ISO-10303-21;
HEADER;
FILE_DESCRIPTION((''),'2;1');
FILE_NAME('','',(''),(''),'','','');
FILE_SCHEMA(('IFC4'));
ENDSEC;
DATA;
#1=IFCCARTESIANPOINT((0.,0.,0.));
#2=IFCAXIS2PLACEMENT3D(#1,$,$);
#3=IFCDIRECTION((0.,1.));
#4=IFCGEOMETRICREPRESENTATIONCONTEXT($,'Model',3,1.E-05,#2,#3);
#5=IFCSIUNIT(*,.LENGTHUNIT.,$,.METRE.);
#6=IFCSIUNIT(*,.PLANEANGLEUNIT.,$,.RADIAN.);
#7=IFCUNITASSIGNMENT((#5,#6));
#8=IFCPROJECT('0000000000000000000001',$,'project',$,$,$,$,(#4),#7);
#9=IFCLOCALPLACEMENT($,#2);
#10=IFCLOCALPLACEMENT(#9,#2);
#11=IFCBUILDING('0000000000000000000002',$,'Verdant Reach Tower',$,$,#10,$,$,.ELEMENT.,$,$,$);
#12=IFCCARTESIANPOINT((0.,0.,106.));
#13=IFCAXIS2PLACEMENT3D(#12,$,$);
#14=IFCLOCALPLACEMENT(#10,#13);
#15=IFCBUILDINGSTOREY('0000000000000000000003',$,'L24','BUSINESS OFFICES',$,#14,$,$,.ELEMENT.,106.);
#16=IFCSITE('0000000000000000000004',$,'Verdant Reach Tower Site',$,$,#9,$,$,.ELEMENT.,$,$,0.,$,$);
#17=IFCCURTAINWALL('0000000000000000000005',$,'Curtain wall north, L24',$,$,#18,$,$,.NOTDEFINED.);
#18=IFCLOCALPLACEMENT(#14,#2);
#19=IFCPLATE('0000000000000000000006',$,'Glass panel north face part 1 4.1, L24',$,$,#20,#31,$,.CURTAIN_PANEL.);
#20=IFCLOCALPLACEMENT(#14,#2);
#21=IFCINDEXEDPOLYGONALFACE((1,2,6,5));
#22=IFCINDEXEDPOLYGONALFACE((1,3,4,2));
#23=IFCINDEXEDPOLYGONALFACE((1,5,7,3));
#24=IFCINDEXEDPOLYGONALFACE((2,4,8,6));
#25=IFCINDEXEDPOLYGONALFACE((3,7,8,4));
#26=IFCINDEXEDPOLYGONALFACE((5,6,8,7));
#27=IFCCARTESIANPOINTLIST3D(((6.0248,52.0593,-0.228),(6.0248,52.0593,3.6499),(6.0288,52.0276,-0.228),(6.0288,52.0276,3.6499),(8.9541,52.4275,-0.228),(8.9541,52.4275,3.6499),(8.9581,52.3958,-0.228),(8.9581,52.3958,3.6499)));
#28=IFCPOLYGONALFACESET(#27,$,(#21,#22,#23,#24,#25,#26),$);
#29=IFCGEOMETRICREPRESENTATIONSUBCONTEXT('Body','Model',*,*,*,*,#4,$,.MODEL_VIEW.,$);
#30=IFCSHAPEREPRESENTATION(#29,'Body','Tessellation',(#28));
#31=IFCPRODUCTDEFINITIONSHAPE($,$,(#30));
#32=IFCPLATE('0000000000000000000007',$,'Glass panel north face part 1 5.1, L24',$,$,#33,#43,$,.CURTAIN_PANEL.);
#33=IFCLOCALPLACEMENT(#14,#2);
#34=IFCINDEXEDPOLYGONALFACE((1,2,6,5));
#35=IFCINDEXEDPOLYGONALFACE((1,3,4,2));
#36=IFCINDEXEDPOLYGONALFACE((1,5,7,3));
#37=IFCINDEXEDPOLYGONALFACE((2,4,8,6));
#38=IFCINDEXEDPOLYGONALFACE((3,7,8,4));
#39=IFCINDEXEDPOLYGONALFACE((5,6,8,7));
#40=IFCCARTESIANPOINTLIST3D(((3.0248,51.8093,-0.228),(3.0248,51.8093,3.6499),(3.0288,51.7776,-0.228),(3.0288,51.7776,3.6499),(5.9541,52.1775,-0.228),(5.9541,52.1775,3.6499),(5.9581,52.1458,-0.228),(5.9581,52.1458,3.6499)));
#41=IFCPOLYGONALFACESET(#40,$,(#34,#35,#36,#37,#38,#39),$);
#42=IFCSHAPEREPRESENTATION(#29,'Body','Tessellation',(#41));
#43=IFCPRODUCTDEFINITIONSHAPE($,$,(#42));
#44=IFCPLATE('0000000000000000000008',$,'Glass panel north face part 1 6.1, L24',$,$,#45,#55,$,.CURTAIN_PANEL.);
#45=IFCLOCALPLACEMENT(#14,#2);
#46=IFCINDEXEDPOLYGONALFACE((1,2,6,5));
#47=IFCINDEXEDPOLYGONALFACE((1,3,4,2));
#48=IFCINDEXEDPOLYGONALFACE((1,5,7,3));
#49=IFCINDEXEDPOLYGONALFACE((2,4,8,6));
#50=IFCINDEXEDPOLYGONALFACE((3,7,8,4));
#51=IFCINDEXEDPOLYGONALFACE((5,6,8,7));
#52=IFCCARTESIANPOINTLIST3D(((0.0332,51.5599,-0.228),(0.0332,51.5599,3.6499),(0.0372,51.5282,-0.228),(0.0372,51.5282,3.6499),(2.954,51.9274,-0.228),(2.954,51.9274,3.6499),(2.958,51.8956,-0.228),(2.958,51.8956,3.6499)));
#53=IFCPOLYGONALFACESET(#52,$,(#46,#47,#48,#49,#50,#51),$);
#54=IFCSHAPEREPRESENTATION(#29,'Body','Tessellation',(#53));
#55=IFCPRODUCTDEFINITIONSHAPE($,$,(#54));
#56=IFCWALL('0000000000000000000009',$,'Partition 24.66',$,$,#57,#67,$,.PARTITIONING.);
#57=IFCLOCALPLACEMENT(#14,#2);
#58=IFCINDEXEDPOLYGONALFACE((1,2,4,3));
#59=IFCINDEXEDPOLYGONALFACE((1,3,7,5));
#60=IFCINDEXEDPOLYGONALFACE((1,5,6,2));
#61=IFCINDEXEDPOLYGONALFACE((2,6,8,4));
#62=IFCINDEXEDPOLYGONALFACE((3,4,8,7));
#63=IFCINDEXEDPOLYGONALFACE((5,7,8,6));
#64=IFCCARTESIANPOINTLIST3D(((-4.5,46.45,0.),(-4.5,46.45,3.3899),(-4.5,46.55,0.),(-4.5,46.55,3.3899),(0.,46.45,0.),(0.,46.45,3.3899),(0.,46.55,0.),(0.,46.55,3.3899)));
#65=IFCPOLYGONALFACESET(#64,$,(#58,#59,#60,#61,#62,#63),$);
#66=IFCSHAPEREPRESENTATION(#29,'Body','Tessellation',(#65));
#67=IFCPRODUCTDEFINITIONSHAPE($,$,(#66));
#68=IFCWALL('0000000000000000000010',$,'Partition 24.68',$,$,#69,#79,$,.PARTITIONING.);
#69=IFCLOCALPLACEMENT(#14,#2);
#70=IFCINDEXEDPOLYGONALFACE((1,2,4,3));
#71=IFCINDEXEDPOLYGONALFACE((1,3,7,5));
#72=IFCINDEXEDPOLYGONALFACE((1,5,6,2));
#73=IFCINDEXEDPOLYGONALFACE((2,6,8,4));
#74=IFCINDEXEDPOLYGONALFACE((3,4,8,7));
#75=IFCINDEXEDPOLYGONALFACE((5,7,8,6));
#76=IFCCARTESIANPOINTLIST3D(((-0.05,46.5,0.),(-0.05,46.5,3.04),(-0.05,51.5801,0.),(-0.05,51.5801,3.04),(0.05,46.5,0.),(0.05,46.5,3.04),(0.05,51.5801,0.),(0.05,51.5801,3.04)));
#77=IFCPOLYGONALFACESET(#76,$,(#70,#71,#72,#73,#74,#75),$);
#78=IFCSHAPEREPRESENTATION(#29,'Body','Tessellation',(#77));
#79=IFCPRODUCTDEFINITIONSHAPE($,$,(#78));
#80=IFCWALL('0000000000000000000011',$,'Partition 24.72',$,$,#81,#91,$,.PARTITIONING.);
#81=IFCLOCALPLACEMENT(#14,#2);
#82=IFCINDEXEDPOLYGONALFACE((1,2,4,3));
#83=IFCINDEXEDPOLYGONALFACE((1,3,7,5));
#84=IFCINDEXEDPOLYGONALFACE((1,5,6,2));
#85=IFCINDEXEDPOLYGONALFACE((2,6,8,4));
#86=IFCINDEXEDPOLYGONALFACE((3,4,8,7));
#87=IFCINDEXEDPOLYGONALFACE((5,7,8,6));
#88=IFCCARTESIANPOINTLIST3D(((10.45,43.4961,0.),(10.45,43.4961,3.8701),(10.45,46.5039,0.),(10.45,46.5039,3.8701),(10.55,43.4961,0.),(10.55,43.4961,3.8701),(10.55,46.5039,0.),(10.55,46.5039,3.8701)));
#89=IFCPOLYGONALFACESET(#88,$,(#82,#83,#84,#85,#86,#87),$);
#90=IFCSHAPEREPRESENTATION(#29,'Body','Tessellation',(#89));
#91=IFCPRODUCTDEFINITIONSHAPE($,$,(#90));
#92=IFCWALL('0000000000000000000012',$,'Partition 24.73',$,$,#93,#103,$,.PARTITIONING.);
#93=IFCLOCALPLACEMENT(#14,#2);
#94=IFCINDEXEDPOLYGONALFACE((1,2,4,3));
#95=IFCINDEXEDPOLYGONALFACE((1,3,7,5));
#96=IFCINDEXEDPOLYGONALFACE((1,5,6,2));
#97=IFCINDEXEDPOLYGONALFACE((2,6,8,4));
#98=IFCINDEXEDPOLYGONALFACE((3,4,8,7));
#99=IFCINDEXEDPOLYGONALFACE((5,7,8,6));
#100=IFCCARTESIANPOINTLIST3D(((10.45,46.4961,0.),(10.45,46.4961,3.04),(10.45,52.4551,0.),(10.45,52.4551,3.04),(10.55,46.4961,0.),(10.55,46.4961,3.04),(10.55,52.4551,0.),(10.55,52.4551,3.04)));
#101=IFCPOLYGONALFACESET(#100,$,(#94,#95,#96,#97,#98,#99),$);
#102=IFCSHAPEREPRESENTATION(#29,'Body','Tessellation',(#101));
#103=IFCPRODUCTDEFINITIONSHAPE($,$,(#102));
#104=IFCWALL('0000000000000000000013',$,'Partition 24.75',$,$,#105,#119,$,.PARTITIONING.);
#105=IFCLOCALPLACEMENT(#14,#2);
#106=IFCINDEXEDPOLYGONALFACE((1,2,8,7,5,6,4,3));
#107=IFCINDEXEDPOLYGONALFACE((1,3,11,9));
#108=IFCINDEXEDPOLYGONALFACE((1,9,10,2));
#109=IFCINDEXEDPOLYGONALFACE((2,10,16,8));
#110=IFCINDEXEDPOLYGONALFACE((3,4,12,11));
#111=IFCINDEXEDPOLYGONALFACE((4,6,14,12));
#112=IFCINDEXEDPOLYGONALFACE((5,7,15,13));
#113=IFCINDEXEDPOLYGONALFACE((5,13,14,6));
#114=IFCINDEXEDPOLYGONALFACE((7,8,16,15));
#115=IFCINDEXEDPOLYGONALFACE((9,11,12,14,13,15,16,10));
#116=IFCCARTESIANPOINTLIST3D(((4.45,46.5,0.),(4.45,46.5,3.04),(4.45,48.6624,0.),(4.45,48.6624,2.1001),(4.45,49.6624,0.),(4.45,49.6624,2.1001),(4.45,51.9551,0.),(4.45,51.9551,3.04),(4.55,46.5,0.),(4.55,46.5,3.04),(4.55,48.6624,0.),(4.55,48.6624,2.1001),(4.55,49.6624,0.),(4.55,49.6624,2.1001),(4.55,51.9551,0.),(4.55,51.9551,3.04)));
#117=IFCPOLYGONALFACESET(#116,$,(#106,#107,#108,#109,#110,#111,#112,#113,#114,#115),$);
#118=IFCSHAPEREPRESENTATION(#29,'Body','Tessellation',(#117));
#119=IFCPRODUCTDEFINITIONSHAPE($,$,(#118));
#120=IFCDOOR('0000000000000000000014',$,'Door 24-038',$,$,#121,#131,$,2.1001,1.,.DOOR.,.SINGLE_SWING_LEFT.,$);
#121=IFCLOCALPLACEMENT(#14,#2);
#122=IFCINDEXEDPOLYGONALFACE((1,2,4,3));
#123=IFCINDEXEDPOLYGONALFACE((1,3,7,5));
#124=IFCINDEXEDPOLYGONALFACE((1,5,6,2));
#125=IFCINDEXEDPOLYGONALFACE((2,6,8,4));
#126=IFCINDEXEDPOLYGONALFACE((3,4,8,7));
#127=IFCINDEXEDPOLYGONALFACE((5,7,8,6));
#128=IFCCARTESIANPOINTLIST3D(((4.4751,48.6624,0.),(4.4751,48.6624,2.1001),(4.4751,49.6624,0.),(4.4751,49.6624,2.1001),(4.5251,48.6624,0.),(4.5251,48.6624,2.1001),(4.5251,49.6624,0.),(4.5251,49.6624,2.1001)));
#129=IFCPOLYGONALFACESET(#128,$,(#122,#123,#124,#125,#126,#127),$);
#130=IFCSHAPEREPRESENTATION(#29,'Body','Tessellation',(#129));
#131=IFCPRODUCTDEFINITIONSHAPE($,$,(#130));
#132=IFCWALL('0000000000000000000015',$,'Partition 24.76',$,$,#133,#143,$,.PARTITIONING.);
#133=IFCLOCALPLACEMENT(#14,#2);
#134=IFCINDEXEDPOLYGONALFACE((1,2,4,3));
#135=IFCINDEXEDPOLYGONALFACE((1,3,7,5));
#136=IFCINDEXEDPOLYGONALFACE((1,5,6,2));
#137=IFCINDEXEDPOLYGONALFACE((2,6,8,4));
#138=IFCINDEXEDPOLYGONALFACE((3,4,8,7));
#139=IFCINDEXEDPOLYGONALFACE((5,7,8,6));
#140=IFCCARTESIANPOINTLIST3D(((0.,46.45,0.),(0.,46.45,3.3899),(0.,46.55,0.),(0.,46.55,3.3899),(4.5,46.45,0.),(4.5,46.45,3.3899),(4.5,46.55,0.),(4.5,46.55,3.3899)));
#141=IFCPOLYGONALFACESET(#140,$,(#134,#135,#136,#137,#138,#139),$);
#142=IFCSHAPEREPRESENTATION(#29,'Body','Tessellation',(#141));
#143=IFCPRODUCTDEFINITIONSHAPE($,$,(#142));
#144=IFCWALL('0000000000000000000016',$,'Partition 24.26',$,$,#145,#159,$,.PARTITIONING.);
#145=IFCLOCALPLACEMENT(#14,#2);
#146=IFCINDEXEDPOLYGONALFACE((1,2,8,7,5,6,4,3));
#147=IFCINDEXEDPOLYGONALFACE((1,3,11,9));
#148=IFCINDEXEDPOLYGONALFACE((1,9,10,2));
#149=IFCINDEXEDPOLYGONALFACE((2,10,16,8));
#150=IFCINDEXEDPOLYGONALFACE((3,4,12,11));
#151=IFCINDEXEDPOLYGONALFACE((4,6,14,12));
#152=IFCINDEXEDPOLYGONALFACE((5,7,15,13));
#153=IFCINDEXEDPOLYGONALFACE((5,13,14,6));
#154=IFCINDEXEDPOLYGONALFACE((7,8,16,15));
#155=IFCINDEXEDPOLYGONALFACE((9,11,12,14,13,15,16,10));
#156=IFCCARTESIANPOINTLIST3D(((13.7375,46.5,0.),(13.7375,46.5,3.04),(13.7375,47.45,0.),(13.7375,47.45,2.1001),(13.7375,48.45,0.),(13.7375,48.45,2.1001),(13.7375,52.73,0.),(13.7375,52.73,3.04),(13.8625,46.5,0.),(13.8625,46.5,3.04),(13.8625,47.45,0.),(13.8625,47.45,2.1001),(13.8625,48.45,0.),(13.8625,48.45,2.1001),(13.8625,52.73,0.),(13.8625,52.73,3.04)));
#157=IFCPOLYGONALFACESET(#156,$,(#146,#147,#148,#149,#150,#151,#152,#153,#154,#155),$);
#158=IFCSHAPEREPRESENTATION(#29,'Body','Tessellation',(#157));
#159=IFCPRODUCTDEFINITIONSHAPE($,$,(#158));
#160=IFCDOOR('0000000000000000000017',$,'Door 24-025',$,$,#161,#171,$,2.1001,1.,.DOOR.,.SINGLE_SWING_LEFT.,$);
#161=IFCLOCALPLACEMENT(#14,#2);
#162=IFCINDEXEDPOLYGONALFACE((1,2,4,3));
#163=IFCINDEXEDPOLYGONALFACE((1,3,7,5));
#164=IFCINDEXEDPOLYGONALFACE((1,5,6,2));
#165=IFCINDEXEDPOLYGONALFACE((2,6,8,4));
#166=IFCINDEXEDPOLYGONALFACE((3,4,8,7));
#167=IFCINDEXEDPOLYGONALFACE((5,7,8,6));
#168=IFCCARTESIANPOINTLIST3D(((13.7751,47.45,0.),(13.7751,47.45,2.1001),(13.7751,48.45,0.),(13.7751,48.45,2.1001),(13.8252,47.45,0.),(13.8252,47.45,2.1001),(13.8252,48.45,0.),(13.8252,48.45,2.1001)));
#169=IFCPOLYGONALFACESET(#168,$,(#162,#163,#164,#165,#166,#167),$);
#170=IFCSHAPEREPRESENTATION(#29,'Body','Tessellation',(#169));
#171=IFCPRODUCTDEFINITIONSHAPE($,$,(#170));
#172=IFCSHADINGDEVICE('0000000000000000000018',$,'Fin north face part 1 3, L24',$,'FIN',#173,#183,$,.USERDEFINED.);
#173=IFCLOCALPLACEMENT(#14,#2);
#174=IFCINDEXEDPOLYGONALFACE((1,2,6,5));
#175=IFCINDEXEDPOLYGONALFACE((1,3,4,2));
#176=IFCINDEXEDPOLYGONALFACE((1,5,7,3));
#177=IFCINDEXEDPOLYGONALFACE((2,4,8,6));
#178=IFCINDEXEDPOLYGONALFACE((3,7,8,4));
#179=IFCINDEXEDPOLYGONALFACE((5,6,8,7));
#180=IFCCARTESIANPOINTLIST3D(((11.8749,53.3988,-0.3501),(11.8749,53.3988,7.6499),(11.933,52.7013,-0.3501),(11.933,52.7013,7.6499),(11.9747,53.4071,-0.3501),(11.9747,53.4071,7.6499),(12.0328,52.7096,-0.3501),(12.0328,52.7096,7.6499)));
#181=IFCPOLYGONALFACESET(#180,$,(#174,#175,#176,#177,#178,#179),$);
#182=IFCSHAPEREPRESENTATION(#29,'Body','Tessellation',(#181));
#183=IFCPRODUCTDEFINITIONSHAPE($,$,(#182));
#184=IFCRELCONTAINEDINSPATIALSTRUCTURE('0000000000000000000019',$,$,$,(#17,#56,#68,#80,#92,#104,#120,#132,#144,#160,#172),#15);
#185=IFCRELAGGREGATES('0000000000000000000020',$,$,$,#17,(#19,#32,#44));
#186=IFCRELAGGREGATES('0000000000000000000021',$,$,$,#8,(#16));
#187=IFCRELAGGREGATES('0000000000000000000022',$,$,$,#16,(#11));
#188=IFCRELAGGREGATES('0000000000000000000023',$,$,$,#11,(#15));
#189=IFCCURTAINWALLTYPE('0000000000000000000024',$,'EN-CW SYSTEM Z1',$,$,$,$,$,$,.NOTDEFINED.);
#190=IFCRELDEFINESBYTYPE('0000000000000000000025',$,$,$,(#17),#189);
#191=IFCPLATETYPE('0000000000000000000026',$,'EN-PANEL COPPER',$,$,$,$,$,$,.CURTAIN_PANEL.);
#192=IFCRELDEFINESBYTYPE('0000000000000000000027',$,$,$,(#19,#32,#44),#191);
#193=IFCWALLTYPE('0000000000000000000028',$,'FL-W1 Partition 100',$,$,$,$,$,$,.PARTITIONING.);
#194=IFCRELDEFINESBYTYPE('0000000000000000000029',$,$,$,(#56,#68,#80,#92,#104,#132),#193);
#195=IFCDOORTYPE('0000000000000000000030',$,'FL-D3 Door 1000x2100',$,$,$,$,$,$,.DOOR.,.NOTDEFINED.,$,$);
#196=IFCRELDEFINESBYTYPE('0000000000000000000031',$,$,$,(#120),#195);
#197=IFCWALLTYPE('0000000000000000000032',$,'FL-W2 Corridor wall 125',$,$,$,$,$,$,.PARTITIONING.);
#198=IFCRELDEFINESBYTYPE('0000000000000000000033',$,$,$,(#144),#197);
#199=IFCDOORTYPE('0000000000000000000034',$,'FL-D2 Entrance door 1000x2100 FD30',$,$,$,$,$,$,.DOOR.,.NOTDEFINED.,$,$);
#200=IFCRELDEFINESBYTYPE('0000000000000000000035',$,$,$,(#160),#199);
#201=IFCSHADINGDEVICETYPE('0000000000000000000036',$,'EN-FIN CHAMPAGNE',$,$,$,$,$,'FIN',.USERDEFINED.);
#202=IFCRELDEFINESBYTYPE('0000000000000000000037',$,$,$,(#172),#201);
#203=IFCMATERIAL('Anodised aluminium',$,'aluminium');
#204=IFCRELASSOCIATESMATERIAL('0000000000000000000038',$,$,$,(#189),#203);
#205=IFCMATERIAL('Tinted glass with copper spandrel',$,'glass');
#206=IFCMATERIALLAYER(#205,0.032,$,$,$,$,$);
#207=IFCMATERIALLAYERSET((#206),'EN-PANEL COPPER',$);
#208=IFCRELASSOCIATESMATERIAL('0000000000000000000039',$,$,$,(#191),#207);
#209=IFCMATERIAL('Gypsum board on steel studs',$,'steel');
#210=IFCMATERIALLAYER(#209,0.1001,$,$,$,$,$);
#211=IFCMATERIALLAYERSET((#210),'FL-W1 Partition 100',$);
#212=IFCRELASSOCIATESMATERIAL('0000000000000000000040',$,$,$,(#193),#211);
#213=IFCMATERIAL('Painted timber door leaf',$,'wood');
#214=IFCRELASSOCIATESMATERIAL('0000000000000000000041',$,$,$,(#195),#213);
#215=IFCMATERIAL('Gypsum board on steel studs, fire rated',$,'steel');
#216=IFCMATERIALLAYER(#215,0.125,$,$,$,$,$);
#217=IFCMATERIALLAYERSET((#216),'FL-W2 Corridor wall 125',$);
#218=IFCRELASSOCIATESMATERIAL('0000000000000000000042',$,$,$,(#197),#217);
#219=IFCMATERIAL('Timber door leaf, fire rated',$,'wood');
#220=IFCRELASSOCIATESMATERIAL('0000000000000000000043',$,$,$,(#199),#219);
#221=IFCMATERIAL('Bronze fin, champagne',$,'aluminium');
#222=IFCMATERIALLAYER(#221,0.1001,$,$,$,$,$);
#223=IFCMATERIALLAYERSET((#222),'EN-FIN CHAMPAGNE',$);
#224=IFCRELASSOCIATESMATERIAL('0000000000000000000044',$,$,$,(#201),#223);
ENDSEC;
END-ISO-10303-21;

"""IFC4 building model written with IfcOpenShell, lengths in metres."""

from ifc_helpers import new_model, si_unit, direction, frame, frame_2d, origin, origin_2d, place, context, subcontext, project, spatial, rectangle, extrude, material, layer, layer_set, type_object, element, fill, aggregate, save


model = new_model("IFC4")

# Units and contexts
model_context = context("Model", 3, precision=1e-05, world=origin(), true_north=direction((0.0, 1.0)))
body_context = subcontext(model_context, "Body", "Model", "MODEL_VIEW")
ifc_project = project(units=[si_unit("LENGTHUNIT", "METRE"), si_unit("PLANEANGLEUNIT", "RADIAN")], contexts=[model_context])

# Site, building, storey
site_placement = place(None, origin())
site = spatial("IfcSite", under=ifc_project, at=site_placement, Name="Verdant Reach Tower Site", CompositionType="ELEMENT", RefElevation=0.0)
building_placement = place(site_placement, origin())
building = spatial("IfcBuilding", under=site, at=building_placement, Name="Verdant Reach Tower", CompositionType="ELEMENT")
storey_placement = place(building_placement, frame((0.0, 0.0, 106.0)))
storey = spatial("IfcBuildingStorey", under=building, at=storey_placement, Name="L24", Description="BUSINESS OFFICES", CompositionType="ELEMENT", Elevation=106.0)

# Curtain wall
ifc_material_1 = material(Name="Anodised aluminium", Category="aluminium")
curtain_wall_type = type_object("IfcCurtainWallType", Name="EN-CW SYSTEM Z1", PredefinedType="NOTDEFINED", material=ifc_material_1)
curtain_wall_placement = place(storey_placement, origin())
curtain_wall = element("IfcCurtainWall", 1, at=curtain_wall_placement, inside=storey, type_object=curtain_wall_type, Name="Curtain wall north, L24", PredefinedType="NOTDEFINED")

# Plates
ifc_material_2 = material(Name="Tinted glass with copper spandrel", Category="glass")
ifc_layer_1 = layer(ifc_material_2, 0.032)
ifc_layer_set_1 = layer_set([ifc_layer_1], Name="EN-PANEL COPPER")
plate_type_1 = type_object("IfcPlateType", Name="EN-PANEL COPPER", PredefinedType="CURTAIN_PANEL", material=ifc_layer_set_1)
plate_1_placement = place(storey_placement, frame((7.4915, 52.2275, -0.228), z_axis=(0.0, 0.0, 1.0), x_axis=(-0.992194, -0.124704, 0.0)))
plate_1 = element("IfcPlate", 2, at=plate_1_placement, type_object=plate_type_1, Name="Glass panel north face part 1 4.1, L24", PredefinedType="CURTAIN_PANEL", context=body_context, shape_type="SweptSolid", body=[
    extrude(rectangle(XDim=2.9524, YDim=0.032, at=origin_2d()), origin(), (0.0, 0.0, 1.0), 3.8779),
])
plate_2_placement = place(storey_placement, frame((4.4915, 51.9775, -0.228), z_axis=(0.0, 0.0, 1.0), x_axis=(-0.992194, -0.124704, 0.0)))
plate_2 = element("IfcPlate", 3, at=plate_2_placement, type_object=plate_type_1, Name="Glass panel north face part 1 5.1, L24", PredefinedType="CURTAIN_PANEL", context=body_context, shape_type="SweptSolid", body=[
    extrude(rectangle(XDim=2.9524, YDim=0.032, at=origin_2d()), origin(), (0.0, 0.0, 1.0), 3.8779),
])
plate_3_placement = place(storey_placement, frame((1.4956, 51.7278, -0.228), z_axis=(0.0, 0.0, 1.0), x_axis=(-0.992179, -0.124821, 0.0)))
plate_3 = element("IfcPlate", 4, at=plate_3_placement, type_object=plate_type_1, Name="Glass panel north face part 1 6.1, L24", PredefinedType="CURTAIN_PANEL", context=body_context, shape_type="SweptSolid", body=[
    extrude(rectangle(XDim=2.9438, YDim=0.032, at=origin_2d()), origin(), (0.0, 0.0, 1.0), 3.8779),
])
aggregate(curtain_wall, [plate_1, plate_2, plate_3])

# Walls
ifc_material_3 = material(Name="Gypsum board on steel studs", Category="steel")
ifc_layer_2 = layer(ifc_material_3, 0.1001)
ifc_layer_set_2 = layer_set([ifc_layer_2], Name="FL-W1 Partition 100")
wall_type_1 = type_object("IfcWallType", Name="FL-W1 Partition 100", PredefinedType="PARTITIONING", material=ifc_layer_set_2)
wall_1_placement = place(storey_placement, frame((0.0, 46.5, 0.0), z_axis=(0.0, 0.0, 1.0), x_axis=(-1.0, 0.0, 0.0)))
element("IfcWall", 5, at=wall_1_placement, inside=storey, type_object=wall_type_1, Name="Partition 24.66", PredefinedType="PARTITIONING", context=body_context, shape_type="SweptSolid", body=[
    extrude(rectangle(XDim=4.5, YDim=0.1001, at=frame_2d((2.25, 0.0))), origin(), (0.0, 0.0, 1.0), 3.3899),
])
wall_2_placement = place(storey_placement, frame((0.0, 46.5, 0.0), z_axis=(0.0, 0.0, 1.0), x_axis=(0.0, 1.0, 0.0)))
element("IfcWall", 6, at=wall_2_placement, inside=storey, type_object=wall_type_1, Name="Partition 24.68", PredefinedType="PARTITIONING", context=body_context, shape_type="SweptSolid", body=[
    extrude(rectangle(XDim=5.0801, YDim=0.1001, at=frame_2d((2.54, 0.0))), origin(), (0.0, 0.0, 1.0), 3.04),
])
wall_3_placement = place(storey_placement, frame((10.5, 46.5039, 0.0), z_axis=(0.0, 0.0, 1.0), x_axis=(0.0, -1.0, 0.0)))
element("IfcWall", 7, at=wall_3_placement, inside=storey, type_object=wall_type_1, Name="Partition 24.72", PredefinedType="PARTITIONING", context=body_context, shape_type="SweptSolid", body=[
    extrude(rectangle(XDim=3.0078, YDim=0.1001, at=frame_2d((1.5039, 0.0))), origin(), (0.0, 0.0, 1.0), 3.8701),
])
wall_4_placement = place(storey_placement, frame((10.5, 52.4551, 0.0), z_axis=(0.0, 0.0, 1.0), x_axis=(0.0, -1.0, 0.0)))
element("IfcWall", 8, at=wall_4_placement, inside=storey, type_object=wall_type_1, Name="Partition 24.73", PredefinedType="PARTITIONING", context=body_context, shape_type="SweptSolid", body=[
    extrude(rectangle(XDim=5.959, YDim=0.1001, at=frame_2d((2.9795, 0.0))), origin(), (0.0, 0.0, 1.0), 3.04),
])

# Wall, opening, door
wall_5_placement = place(storey_placement, frame((4.5, 46.5, 0.0), z_axis=(0.0, 0.0, 1.0), x_axis=(0.0, 1.0, 0.0)))
wall_5 = element("IfcWall", 9, at=wall_5_placement, inside=storey, type_object=wall_type_1, Name="Partition 24.75", PredefinedType="PARTITIONING", context=body_context, shape_type="SweptSolid", body=[
    extrude(rectangle(XDim=5.4551, YDim=0.1001, at=frame_2d((2.7275, 0.0))), origin(), (0.0, 0.0, 1.0), 3.04),
])
opening_1_placement = place(wall_5_placement, frame((2.1624, 0.0, 0.0)))
opening_1 = element("IfcOpeningElement", 10, at=opening_1_placement, cuts=wall_5, PredefinedType="OPENING", context=body_context, shape_type="SweptSolid", body=[
    extrude(rectangle(XDim=1.0, YDim=2.1001, at=frame_2d((0.5, 1.05))), frame((0.0, 0.0601, 0.0), z_axis=(0.0, -1.0, 0.0), x_axis=(1.0, 0.0, 0.0)), (0.0, 0.0, 1.0), 0.1201),
])
ifc_material_4 = material(Name="Painted timber door leaf", Category="wood")
door_type_1 = type_object("IfcDoorType", Name="FL-D3 Door 1000x2100", OperationType="NOTDEFINED", PredefinedType="DOOR", material=ifc_material_4)
door_1_placement = place(opening_1_placement, origin())
door_1 = element("IfcDoor", 11, at=door_1_placement, inside=storey, type_object=door_type_1, Name="Door 24-038", OperationType="SINGLE_SWING_LEFT", OverallHeight=2.1001, OverallWidth=1.0, PredefinedType="DOOR", context=body_context, shape_type="SweptSolid", body=[
    extrude(rectangle(XDim=1.0, YDim=2.1001, at=frame_2d((0.5, 1.05))), frame((0.0, 0.0249, 0.0), z_axis=(0.0, -1.0, 0.0), x_axis=(1.0, 0.0, 0.0)), (0.0, 0.0, 1.0), 0.05),
])
fill(opening_1, door_1)

# Wall
wall_6_placement = place(storey_placement, frame((4.5, 46.5, 0.0), z_axis=(0.0, 0.0, 1.0), x_axis=(-1.0, 0.0, 0.0)))
element("IfcWall", 12, at=wall_6_placement, inside=storey, type_object=wall_type_1, Name="Partition 24.76", PredefinedType="PARTITIONING", context=body_context, shape_type="SweptSolid", body=[
    extrude(rectangle(XDim=4.5, YDim=0.1001, at=frame_2d((2.25, 0.0))), origin(), (0.0, 0.0, 1.0), 3.3899),
])

# Wall, opening, door
ifc_material_5 = material(Name="Gypsum board on steel studs, fire rated", Category="steel")
ifc_layer_3 = layer(ifc_material_5, 0.125)
ifc_layer_set_3 = layer_set([ifc_layer_3], Name="FL-W2 Corridor wall 125")
wall_type_2 = type_object("IfcWallType", Name="FL-W2 Corridor wall 125", PredefinedType="PARTITIONING", material=ifc_layer_set_3)
wall_7_placement = place(storey_placement, frame((13.8, 46.5, 0.0), z_axis=(0.0, 0.0, 1.0), x_axis=(0.0, 1.0, 0.0)))
wall_7 = element("IfcWall", 13, at=wall_7_placement, inside=storey, type_object=wall_type_2, Name="Partition 24.26", PredefinedType="PARTITIONING", context=body_context, shape_type="SweptSolid", body=[
    extrude(rectangle(XDim=6.23, YDim=0.125, at=frame_2d((3.115, 0.0))), origin(), (0.0, 0.0, 1.0), 3.04),
])
opening_2_placement = place(wall_7_placement, frame((0.95, 0.0, 0.0)))
opening_2 = element("IfcOpeningElement", 14, at=opening_2_placement, cuts=wall_7, PredefinedType="OPENING", context=body_context, shape_type="SweptSolid", body=[
    extrude(rectangle(XDim=1.0, YDim=2.1001, at=frame_2d((0.5, 1.05))), frame((0.0, 0.0725, 0.0), z_axis=(0.0, -1.0, 0.0), x_axis=(1.0, 0.0, 0.0)), (0.0, 0.0, 1.0), 0.145),
])
ifc_material_6 = material(Name="Timber door leaf, fire rated", Category="wood")
door_type_2 = type_object("IfcDoorType", Name="FL-D2 Entrance door 1000x2100 FD30", OperationType="NOTDEFINED", PredefinedType="DOOR", material=ifc_material_6)
door_2_placement = place(opening_2_placement, origin())
door_2 = element("IfcDoor", 15, at=door_2_placement, inside=storey, type_object=door_type_2, Name="Door 24-025", OperationType="SINGLE_SWING_LEFT", OverallHeight=2.1001, OverallWidth=1.0, PredefinedType="DOOR", context=body_context, shape_type="SweptSolid", body=[
    extrude(rectangle(XDim=1.0, YDim=2.1001, at=frame_2d((0.5, 1.05))), frame((0.0, 0.0249, 0.0), z_axis=(0.0, -1.0, 0.0), x_axis=(1.0, 0.0, 0.0)), (0.0, 0.0, 1.0), 0.05),
])
fill(opening_2, door_2)

# Shading device
ifc_material_7 = material(Name="Bronze fin, champagne", Category="aluminium")
ifc_layer_4 = layer(ifc_material_7, 0.1001)
ifc_layer_set_4 = layer_set([ifc_layer_4], Name="EN-FIN CHAMPAGNE")
shading_device_type_1 = type_object("IfcShadingDeviceType", Name="EN-FIN CHAMPAGNE", ElementType="FIN", PredefinedType="USERDEFINED", material=ifc_layer_set_4)
shading_device_1_placement = place(storey_placement, frame((11.9539, 53.0542, -0.3501), z_axis=(0.0, 0.0, 1.0), x_axis=(-0.996546, -0.083045, 0.0)))
element("IfcShadingDevice", 16, at=shading_device_1_placement, inside=storey, type_object=shading_device_type_1, Name="Fin north face part 1 3, L24", ObjectType="FIN", PredefinedType="USERDEFINED", context=body_context, shape_type="SweptSolid", body=[
    extrude(rectangle(XDim=0.1001, YDim=0.7, at=origin_2d()), origin(), (0.0, 0.0, 1.0), 8.0),
])

save(model, "model.ifc")
